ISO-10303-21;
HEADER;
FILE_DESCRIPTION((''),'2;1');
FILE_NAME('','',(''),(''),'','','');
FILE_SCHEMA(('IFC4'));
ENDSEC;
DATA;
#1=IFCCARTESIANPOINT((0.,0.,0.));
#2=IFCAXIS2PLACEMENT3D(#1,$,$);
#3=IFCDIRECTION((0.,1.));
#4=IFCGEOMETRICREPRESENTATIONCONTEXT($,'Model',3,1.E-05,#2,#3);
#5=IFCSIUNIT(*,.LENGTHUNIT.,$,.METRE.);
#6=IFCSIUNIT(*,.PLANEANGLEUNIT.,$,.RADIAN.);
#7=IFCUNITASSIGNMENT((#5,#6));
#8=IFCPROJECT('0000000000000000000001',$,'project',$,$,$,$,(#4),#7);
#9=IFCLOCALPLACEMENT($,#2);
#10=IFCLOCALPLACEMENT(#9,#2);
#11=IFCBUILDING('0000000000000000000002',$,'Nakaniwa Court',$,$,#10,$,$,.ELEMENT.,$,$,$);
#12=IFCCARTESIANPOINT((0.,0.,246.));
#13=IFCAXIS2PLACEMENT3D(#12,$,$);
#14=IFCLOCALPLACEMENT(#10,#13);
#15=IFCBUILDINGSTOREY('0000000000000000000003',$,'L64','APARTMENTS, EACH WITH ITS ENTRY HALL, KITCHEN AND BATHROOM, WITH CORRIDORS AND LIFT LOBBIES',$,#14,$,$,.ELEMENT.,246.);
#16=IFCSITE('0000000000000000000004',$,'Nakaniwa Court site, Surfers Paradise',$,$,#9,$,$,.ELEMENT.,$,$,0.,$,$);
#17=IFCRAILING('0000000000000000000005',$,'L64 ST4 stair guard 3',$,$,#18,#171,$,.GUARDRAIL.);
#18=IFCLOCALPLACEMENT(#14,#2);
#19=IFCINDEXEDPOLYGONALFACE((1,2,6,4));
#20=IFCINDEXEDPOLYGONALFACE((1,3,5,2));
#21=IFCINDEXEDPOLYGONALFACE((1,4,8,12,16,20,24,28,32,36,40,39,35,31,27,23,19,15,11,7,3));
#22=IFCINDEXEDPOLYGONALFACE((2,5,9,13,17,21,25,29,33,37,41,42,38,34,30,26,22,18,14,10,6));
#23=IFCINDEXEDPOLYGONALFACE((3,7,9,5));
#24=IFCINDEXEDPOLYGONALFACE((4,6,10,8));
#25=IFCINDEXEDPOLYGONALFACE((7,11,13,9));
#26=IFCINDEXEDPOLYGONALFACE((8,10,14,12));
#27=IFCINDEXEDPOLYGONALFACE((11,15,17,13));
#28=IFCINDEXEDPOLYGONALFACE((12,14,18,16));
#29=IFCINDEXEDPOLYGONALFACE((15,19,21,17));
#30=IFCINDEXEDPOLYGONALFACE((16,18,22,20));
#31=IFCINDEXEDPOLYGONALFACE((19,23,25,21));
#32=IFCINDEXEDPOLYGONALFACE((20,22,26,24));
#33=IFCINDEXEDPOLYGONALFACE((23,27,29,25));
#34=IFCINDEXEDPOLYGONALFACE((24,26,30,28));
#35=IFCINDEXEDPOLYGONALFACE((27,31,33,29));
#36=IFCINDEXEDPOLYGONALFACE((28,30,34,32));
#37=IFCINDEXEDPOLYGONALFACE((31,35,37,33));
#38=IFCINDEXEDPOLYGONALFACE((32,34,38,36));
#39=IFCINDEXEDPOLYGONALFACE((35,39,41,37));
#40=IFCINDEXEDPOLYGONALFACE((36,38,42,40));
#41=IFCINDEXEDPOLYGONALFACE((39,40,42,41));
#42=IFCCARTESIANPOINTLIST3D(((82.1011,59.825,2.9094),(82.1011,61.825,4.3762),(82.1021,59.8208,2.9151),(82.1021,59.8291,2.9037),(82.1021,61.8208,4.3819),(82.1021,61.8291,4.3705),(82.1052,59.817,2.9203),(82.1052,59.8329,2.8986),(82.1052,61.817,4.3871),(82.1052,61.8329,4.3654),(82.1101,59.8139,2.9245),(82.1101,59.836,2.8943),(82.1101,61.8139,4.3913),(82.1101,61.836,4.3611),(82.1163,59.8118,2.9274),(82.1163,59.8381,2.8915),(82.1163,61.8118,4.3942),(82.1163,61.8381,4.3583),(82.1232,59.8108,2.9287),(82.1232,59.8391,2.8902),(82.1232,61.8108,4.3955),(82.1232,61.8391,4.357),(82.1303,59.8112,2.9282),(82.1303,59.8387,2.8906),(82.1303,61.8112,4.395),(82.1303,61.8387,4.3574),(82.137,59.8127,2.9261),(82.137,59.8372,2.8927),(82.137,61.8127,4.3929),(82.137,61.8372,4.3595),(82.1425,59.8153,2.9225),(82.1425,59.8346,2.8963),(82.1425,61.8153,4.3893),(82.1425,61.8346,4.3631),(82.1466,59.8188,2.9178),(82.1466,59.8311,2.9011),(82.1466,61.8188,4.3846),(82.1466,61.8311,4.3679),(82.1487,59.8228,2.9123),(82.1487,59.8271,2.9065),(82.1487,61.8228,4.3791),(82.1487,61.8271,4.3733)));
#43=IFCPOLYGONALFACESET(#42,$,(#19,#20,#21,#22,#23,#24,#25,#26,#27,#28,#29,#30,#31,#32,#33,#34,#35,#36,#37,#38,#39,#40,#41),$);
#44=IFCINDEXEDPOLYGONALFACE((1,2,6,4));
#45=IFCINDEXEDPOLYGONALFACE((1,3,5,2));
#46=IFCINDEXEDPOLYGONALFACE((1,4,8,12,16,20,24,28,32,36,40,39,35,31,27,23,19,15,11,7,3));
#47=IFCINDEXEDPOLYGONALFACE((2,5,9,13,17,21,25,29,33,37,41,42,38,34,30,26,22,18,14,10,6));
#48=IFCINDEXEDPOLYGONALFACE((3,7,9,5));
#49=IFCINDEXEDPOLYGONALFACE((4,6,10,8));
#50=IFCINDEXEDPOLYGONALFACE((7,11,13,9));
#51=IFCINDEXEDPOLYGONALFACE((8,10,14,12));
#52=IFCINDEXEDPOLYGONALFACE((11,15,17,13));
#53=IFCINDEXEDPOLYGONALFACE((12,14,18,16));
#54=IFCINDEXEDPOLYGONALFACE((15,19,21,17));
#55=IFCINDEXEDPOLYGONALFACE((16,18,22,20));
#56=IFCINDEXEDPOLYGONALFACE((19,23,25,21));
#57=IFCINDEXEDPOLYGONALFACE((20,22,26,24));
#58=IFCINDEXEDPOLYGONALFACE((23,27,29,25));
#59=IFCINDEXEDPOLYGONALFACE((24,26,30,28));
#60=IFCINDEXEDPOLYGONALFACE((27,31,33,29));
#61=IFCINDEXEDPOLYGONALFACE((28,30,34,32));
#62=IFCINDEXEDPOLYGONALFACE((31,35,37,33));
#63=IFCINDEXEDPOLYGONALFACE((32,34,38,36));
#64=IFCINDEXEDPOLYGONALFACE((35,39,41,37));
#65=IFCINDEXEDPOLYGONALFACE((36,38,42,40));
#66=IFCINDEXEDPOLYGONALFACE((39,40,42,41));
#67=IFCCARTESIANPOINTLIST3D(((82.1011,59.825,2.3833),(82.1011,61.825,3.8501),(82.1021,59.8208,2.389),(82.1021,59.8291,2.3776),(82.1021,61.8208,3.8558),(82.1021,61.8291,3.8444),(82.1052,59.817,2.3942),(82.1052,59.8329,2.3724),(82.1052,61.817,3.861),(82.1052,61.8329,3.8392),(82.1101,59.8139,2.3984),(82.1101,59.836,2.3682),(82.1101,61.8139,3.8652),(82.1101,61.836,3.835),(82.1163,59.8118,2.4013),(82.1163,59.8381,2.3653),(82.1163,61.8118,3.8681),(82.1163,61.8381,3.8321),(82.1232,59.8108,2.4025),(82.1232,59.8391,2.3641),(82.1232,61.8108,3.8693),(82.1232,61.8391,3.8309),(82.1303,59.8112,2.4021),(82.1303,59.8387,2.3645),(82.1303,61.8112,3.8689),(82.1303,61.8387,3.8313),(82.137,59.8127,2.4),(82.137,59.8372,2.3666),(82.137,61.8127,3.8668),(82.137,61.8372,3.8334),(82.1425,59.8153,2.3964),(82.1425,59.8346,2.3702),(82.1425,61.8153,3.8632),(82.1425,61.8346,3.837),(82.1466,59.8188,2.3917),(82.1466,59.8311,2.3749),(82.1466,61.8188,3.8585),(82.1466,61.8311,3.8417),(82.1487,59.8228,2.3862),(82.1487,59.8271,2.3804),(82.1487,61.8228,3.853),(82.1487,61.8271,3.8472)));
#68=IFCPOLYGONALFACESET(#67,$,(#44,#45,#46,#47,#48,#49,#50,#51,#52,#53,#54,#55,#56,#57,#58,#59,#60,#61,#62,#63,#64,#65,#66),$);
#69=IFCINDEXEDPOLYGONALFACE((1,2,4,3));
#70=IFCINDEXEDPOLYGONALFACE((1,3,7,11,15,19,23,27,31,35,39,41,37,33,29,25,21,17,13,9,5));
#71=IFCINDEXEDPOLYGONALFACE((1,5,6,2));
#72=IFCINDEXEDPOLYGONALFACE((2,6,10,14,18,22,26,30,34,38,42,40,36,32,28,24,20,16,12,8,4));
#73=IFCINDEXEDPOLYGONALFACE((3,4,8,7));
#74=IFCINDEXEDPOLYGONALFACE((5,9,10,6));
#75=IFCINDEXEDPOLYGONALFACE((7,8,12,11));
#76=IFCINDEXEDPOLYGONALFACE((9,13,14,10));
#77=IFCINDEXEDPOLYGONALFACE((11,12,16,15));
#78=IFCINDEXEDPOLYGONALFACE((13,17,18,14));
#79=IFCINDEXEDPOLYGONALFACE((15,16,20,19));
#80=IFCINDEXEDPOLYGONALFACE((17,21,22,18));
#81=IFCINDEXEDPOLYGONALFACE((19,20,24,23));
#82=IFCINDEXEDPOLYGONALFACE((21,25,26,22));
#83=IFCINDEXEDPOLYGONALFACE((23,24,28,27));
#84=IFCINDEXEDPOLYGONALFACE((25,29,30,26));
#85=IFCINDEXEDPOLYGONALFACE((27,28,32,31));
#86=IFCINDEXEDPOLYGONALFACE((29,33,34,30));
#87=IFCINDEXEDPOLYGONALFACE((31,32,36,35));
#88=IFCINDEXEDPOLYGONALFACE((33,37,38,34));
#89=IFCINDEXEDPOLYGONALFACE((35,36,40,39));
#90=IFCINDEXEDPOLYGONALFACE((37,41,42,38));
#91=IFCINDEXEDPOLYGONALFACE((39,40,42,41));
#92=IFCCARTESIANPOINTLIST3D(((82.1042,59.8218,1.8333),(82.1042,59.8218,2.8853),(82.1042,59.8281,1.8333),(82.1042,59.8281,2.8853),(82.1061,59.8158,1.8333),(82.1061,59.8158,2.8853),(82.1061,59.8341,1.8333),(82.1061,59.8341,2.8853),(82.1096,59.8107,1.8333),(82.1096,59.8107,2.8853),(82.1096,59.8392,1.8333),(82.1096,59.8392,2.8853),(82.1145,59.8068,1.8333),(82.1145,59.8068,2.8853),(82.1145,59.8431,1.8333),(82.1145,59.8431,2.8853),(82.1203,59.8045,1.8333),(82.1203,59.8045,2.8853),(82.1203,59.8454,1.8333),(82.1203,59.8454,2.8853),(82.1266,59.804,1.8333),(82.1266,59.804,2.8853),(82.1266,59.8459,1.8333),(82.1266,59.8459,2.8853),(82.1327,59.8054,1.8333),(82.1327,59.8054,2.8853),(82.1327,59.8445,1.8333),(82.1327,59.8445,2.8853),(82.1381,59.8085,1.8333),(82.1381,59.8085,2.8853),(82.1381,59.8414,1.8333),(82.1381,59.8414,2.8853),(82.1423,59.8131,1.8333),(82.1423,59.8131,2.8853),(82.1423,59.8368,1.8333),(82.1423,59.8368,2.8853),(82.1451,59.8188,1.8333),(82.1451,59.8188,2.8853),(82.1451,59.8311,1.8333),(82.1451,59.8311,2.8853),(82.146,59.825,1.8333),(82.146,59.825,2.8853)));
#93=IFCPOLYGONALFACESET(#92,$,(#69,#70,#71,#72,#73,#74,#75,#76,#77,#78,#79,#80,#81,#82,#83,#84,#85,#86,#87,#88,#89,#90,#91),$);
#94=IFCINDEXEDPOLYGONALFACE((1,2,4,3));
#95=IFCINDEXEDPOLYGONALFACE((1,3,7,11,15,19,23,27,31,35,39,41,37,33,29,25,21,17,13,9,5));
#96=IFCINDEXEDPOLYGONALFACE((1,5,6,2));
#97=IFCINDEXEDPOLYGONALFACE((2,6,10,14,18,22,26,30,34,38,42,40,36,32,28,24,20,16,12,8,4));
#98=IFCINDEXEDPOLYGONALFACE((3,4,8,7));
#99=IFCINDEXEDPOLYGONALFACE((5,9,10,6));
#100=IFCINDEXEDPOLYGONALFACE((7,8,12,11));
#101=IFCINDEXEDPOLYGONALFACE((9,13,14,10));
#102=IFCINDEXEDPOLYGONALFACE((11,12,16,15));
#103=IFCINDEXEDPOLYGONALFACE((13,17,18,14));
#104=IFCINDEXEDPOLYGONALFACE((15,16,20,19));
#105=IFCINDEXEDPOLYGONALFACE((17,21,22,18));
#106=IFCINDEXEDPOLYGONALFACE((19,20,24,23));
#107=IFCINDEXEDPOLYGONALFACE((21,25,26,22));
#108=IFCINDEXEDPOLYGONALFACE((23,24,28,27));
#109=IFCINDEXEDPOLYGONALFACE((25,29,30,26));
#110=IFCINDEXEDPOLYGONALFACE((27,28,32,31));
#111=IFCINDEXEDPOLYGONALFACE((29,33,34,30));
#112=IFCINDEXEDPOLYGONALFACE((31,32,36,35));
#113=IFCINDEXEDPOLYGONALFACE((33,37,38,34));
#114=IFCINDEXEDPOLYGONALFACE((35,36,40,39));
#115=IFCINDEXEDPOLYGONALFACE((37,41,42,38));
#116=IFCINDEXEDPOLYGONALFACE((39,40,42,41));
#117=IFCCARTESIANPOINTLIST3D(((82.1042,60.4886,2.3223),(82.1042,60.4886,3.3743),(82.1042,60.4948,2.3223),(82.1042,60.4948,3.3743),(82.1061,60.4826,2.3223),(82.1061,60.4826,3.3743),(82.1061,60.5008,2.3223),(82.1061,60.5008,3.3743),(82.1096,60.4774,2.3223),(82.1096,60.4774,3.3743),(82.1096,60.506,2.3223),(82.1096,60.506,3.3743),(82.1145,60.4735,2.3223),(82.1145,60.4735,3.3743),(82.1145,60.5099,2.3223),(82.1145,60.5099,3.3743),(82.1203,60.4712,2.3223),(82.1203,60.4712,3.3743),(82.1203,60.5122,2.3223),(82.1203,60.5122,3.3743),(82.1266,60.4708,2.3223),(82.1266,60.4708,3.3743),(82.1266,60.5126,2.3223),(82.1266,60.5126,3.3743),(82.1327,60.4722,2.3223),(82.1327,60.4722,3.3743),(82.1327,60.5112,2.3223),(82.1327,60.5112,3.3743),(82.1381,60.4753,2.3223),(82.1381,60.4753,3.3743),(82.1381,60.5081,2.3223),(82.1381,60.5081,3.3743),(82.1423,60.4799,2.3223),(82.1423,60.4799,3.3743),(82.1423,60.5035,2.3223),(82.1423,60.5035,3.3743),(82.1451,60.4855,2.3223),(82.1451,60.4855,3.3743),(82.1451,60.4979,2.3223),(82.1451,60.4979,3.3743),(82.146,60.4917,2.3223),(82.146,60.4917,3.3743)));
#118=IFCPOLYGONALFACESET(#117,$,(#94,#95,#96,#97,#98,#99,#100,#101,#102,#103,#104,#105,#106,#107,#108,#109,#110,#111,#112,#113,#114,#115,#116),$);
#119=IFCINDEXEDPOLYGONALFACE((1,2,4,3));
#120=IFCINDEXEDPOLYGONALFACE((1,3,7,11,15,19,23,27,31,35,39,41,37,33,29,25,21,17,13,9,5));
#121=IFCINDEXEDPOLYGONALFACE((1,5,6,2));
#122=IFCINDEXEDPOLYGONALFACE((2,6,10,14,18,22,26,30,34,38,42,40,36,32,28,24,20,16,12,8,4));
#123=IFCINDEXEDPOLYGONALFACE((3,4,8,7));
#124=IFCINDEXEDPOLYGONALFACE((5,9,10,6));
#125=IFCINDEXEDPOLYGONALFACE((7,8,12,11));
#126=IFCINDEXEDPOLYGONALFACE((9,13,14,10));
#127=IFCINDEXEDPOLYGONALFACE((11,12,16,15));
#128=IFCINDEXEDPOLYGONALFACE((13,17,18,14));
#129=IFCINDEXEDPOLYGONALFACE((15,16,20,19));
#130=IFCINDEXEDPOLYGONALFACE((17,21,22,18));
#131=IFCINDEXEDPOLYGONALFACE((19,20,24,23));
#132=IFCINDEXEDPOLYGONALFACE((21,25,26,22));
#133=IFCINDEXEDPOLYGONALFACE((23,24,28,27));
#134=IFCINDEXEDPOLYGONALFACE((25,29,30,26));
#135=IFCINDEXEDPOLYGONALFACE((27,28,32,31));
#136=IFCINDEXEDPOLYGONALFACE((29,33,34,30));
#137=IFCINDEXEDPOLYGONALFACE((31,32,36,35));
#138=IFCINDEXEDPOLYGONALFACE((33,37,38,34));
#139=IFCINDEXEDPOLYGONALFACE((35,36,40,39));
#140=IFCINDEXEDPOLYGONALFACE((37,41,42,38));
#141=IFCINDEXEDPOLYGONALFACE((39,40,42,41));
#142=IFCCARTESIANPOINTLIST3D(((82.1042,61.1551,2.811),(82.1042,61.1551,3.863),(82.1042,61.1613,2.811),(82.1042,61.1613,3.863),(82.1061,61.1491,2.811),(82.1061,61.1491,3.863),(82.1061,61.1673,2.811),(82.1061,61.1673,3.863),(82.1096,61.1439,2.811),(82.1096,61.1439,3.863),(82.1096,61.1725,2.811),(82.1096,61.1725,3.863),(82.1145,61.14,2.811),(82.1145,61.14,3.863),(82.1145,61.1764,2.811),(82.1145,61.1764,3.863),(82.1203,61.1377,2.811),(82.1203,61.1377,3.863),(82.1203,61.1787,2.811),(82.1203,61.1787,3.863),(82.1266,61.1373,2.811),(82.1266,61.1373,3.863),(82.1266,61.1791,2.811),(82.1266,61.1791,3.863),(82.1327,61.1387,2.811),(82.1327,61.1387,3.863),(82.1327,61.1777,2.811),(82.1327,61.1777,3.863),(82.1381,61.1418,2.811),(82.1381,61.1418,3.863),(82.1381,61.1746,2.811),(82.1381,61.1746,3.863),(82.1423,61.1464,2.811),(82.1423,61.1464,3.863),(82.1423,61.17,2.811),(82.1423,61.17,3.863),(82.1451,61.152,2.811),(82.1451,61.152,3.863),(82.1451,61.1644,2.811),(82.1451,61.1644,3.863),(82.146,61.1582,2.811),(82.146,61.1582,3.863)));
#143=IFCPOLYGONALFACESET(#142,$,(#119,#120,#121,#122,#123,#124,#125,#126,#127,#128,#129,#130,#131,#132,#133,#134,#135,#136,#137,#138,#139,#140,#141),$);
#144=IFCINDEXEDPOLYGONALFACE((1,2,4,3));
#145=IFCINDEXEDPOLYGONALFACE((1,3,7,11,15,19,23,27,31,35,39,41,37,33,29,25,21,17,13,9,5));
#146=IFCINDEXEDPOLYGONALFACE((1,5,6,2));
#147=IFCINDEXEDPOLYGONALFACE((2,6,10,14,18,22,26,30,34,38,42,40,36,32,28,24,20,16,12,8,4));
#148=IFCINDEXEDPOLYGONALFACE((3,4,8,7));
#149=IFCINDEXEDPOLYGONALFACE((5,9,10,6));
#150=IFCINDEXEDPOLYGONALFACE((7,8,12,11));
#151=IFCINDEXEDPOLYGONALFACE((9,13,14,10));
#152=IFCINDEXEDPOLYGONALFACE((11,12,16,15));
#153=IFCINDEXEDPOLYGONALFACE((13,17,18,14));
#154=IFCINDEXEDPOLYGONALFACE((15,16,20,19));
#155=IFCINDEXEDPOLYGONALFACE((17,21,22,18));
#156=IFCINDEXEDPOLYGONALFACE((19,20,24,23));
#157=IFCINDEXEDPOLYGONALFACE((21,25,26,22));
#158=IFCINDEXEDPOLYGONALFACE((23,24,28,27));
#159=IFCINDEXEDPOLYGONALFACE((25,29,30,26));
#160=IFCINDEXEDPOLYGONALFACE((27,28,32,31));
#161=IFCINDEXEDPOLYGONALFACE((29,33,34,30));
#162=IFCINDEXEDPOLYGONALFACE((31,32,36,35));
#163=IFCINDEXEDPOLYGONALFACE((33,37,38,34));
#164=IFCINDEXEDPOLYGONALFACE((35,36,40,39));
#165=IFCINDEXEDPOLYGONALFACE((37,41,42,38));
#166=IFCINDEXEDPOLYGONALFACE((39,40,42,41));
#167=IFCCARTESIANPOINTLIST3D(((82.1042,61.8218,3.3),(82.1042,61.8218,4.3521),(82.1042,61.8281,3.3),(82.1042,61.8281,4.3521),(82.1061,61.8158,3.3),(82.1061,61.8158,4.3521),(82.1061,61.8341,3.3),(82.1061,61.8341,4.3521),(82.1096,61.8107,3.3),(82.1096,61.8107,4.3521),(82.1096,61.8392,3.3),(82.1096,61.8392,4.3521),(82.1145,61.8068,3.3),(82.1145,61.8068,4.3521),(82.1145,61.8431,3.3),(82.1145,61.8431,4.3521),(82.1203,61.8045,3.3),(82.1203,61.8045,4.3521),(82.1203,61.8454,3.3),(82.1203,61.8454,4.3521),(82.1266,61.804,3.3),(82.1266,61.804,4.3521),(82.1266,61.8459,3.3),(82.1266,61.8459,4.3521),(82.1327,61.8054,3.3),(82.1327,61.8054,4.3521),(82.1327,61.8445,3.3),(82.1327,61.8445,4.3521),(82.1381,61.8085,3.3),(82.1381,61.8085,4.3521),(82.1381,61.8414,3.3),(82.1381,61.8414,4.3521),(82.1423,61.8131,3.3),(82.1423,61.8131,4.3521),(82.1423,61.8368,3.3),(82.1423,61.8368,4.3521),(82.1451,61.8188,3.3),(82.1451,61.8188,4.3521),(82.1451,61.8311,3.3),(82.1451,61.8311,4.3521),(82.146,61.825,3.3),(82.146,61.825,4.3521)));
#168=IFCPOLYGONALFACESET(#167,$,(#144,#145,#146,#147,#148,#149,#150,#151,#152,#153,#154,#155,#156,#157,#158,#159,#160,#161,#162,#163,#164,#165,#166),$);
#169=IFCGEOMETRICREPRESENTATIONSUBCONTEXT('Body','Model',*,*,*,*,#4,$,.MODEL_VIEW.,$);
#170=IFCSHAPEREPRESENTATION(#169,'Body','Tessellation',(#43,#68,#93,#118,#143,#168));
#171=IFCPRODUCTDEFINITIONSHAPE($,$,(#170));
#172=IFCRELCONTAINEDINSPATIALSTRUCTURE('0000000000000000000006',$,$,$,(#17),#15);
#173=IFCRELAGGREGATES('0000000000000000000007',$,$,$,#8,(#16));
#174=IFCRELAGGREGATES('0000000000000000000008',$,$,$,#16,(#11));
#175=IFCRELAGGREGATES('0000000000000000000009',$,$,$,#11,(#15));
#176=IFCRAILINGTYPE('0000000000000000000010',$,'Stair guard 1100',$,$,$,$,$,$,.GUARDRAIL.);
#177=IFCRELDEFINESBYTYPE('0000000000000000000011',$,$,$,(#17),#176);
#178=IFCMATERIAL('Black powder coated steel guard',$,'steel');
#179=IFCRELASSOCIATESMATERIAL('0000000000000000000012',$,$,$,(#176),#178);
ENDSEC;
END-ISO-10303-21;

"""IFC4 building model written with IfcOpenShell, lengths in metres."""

from ifc_helpers import new_model, si_unit, direction, frame, origin, origin_2d, place, context, subcontext, project, spatial, circle, extrude, material, type_object, element, save


model = new_model("IFC4")

# Units and contexts
model_context = context("Model", 3, precision=1e-05, world=origin(), true_north=direction((0.0, 1.0)))
body_context = subcontext(model_context, "Body", "Model", "MODEL_VIEW")
ifc_project = project(units=[si_unit("LENGTHUNIT", "METRE"), si_unit("PLANEANGLEUNIT", "RADIAN")], contexts=[model_context])

# Site, building, storey
site_placement = place(None, origin())
site = spatial("IfcSite", under=ifc_project, at=site_placement, Name="Nakaniwa Court site, Surfers Paradise", CompositionType="ELEMENT", RefElevation=0.0)
building_placement = place(site_placement, origin())
building = spatial("IfcBuilding", under=site, at=building_placement, Name="Nakaniwa Court", CompositionType="ELEMENT")
storey_placement = place(building_placement, frame((0.0, 0.0, 246.0)))
storey = spatial("IfcBuildingStorey", under=building, at=storey_placement, Name="L64", Description="APARTMENTS, EACH WITH ITS ENTRY HALL, KITCHEN AND BATHROOM, WITH CORRIDORS AND LIFT LOBBIES", CompositionType="ELEMENT", Elevation=246.0)

# Railing
ifc_material_1 = material(Name="Black powder coated steel guard", Category="steel")
railing_type_1 = type_object("IfcRailingType", Name="Stair guard 1100", PredefinedType="GUARDRAIL", material=ifc_material_1)
railing_1_placement = place(storey_placement, frame((82.125, 59.825, 1.8333)))
element("IfcRailing", 1, at=railing_1_placement, inside=storey, type_object=railing_type_1, Name="L64 ST4 stair guard 3", PredefinedType="GUARDRAIL", context=body_context, shape_type="SweptSolid", body=[
    extrude(circle(Radius=0.0239, at=origin_2d()), frame((0.0, 0.0, 1.0762), z_axis=(0.0, 0.80638, 0.591398), x_axis=(-1.0, 0.0, 0.0)), (0.0, 0.0, 1.0), 2.4802),
    extrude(circle(Radius=0.0239, at=origin_2d()), frame((0.0, 0.0, 0.55), z_axis=(0.0, 0.80638, 0.591398), x_axis=(-1.0, 0.0, 0.0)), (0.0, 0.0, 1.0), 2.4802),
    extrude(circle(Radius=0.021, at=origin_2d()), origin(), (0.0, 0.0, 1.0), 1.052),
    extrude(circle(Radius=0.021, at=origin_2d()), frame((0.0, 0.6667, 0.489)), (0.0, 0.0, 1.0), 1.052),
    extrude(circle(Radius=0.021, at=origin_2d()), frame((0.0, 1.3333, 0.9778)), (0.0, 0.0, 1.0), 1.052),
    extrude(circle(Radius=0.021, at=origin_2d()), frame((0.0, 2.0, 1.4668)), (0.0, 0.0, 1.0), 1.052),
])

save(model, "model.ifc")
